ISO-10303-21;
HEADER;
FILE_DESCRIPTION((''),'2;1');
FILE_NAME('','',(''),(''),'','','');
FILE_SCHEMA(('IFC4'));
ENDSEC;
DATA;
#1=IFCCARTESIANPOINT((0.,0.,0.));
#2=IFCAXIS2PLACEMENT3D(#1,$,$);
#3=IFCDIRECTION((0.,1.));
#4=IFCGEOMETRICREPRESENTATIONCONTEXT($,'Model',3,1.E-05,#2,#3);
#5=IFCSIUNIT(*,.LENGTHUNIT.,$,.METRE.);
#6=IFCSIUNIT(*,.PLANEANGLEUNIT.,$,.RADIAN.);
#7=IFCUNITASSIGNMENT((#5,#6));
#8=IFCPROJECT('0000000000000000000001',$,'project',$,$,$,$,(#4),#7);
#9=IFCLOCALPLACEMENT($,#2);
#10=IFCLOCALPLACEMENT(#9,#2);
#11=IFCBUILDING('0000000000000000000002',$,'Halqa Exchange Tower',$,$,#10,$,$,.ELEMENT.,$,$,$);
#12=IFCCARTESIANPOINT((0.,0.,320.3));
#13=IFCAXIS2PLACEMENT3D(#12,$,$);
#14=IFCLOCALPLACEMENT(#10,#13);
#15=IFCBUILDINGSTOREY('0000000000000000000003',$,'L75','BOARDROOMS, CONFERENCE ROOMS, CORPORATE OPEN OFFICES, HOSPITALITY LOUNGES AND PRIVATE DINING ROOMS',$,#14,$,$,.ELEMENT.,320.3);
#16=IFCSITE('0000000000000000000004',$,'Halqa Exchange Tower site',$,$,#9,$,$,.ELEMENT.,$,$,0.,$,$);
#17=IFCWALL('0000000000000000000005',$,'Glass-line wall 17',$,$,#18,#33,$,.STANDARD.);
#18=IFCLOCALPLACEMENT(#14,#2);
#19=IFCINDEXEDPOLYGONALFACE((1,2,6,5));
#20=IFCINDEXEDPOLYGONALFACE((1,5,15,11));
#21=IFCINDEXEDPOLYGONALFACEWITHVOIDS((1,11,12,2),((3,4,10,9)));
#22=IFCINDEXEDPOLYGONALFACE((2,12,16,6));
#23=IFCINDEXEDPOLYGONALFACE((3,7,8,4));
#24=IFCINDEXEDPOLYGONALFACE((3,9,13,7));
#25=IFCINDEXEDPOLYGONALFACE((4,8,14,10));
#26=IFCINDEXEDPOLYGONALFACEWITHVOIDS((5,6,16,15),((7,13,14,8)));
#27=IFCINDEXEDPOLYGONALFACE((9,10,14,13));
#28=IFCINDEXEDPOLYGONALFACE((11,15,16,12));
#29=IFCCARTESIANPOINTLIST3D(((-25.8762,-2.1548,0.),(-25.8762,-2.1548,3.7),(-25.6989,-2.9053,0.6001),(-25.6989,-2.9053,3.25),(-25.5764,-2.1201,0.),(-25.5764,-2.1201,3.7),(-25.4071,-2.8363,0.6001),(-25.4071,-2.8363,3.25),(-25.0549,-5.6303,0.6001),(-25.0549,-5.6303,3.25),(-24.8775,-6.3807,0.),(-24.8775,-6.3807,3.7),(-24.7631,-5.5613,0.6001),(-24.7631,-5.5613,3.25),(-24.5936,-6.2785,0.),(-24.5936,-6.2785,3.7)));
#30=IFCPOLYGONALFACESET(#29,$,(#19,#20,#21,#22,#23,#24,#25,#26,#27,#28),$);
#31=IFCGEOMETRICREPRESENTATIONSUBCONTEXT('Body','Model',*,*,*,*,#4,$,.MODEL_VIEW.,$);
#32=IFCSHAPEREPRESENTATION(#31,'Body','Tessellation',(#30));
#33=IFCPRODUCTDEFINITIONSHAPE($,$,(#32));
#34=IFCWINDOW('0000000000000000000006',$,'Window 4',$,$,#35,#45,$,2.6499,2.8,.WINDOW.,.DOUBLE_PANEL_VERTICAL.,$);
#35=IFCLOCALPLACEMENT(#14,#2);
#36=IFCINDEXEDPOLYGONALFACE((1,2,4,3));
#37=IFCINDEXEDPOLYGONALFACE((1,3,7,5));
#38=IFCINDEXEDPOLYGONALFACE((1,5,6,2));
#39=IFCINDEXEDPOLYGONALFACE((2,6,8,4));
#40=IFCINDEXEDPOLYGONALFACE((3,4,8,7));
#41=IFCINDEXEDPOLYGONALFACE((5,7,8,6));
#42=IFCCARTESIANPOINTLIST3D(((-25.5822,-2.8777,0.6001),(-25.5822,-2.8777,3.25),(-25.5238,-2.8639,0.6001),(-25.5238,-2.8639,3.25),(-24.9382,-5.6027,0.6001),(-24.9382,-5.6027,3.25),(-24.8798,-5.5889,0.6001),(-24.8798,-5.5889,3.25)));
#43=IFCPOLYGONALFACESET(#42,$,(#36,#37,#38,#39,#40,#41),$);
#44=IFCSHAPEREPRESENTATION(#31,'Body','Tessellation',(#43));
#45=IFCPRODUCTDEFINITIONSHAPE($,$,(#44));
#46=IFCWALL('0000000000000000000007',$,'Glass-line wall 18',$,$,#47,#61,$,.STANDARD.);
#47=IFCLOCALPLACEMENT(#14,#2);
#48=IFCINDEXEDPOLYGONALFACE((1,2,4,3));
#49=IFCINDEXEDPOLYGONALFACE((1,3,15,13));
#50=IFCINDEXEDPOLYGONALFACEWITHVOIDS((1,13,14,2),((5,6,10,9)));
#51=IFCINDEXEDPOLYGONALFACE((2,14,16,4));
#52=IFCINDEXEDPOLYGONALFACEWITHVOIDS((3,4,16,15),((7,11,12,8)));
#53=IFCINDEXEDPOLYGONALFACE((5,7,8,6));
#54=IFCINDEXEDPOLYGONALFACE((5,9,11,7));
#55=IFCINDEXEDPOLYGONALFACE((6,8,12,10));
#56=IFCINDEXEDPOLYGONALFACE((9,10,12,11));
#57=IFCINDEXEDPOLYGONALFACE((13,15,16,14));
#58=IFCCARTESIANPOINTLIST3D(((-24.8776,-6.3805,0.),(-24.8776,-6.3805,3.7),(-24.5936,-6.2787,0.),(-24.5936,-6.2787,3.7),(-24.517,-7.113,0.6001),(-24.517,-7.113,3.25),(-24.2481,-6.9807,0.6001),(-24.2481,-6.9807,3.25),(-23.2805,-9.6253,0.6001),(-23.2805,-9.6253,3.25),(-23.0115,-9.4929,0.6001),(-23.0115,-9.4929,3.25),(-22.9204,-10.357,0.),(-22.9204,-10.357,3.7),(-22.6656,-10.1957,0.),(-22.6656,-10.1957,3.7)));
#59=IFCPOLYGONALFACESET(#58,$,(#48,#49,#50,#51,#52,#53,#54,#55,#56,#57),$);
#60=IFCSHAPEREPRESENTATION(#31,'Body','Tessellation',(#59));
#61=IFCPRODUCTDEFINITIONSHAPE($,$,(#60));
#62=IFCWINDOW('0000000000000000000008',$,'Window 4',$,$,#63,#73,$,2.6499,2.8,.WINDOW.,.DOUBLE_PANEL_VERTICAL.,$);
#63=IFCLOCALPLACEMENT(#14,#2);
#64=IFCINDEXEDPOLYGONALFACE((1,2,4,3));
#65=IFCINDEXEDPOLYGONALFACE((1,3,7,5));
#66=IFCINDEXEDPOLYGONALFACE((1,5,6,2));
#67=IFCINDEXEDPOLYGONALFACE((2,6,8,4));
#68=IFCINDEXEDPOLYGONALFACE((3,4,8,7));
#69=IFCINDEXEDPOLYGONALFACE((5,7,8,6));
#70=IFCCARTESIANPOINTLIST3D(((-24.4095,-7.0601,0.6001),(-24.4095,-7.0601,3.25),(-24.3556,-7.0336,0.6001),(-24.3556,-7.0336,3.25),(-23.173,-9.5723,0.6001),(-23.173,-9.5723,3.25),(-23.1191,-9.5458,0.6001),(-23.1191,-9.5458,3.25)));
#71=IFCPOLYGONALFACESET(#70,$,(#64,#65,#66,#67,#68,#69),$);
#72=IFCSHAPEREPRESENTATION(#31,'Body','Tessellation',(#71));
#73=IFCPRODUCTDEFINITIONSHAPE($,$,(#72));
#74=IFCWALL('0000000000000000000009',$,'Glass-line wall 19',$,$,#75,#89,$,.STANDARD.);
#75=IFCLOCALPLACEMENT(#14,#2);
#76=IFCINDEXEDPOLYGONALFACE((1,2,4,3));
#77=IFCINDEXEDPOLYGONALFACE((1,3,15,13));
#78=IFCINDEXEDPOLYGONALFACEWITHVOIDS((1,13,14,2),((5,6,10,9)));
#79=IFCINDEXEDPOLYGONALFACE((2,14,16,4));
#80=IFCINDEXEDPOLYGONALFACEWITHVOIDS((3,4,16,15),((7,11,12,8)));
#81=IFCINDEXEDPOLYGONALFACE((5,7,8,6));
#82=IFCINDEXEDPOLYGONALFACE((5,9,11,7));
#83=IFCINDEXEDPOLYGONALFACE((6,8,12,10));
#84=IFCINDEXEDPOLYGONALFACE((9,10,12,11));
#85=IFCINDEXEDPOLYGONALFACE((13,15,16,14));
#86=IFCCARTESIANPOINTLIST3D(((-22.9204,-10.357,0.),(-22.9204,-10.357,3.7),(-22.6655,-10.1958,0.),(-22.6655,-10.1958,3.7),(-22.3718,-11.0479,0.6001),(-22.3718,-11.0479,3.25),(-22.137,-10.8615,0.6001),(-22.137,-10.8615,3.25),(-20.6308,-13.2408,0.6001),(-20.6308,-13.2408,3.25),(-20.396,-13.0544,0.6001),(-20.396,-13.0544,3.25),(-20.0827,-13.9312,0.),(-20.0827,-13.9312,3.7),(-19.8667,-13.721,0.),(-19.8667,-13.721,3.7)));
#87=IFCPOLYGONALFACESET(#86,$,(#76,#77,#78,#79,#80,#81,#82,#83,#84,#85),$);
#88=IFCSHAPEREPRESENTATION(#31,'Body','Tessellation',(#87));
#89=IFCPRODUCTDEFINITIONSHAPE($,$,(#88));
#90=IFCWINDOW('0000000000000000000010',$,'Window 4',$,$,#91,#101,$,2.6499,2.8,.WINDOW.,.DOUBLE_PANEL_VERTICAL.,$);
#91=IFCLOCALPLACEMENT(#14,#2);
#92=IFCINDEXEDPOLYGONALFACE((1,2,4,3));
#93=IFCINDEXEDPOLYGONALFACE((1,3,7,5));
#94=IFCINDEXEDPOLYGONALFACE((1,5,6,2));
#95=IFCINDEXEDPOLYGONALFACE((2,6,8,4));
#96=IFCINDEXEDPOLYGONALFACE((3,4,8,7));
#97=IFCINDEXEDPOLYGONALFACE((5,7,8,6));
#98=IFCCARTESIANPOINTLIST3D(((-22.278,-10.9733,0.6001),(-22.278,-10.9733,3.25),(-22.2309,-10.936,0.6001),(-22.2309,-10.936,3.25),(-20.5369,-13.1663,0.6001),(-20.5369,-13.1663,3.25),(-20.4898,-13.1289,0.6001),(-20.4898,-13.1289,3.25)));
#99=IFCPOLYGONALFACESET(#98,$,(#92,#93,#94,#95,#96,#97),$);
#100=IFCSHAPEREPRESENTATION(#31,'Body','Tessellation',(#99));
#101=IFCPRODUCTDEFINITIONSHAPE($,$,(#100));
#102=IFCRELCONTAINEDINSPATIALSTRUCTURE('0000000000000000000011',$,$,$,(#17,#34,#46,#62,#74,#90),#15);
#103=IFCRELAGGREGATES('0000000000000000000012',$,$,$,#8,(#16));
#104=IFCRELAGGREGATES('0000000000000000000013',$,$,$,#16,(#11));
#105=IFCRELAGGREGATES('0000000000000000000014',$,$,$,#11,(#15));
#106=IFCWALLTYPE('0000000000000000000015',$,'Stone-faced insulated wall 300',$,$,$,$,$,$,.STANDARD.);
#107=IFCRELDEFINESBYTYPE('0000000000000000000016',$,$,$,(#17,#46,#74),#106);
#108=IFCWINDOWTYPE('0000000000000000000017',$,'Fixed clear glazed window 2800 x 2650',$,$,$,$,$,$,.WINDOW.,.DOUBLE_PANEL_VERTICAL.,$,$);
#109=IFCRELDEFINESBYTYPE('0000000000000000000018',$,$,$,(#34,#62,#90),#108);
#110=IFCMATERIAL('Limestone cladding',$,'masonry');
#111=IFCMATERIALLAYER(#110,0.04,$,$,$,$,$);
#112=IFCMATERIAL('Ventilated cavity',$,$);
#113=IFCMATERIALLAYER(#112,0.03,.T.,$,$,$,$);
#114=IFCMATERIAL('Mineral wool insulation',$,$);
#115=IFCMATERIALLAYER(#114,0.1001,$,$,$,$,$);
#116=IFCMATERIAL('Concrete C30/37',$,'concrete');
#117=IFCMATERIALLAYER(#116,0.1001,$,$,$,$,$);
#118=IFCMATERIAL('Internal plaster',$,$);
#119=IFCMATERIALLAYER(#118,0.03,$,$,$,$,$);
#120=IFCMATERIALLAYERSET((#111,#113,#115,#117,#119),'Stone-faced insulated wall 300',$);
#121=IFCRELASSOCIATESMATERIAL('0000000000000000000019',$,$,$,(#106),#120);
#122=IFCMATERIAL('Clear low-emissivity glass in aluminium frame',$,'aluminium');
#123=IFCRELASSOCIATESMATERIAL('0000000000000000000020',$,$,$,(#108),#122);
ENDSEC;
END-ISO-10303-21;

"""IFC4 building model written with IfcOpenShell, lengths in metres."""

from ifc_helpers import new_model, si_unit, direction, frame, frame_2d, origin, place, context, subcontext, project, spatial, polyline, rectangle, outline, extrude, material, layer, layer_set, type_object, element, fill, save


model = new_model("IFC4")

# Units and contexts
model_context = context("Model", 3, precision=1e-05, world=origin(), true_north=direction((0.0, 1.0)))
body_context = subcontext(model_context, "Body", "Model", "MODEL_VIEW")
ifc_project = project(units=[si_unit("LENGTHUNIT", "METRE"), si_unit("PLANEANGLEUNIT", "RADIAN")], contexts=[model_context])

# Site, building, storey
site_placement = place(None, origin())
site = spatial("IfcSite", under=ifc_project, at=site_placement, Name="Halqa Exchange Tower site", CompositionType="ELEMENT", RefElevation=0.0)
building_placement = place(site_placement, origin())
building = spatial("IfcBuilding", under=site, at=building_placement, Name="Halqa Exchange Tower", CompositionType="ELEMENT")
storey_placement = place(building_placement, frame((0.0, 0.0, 320.3)))
storey = spatial("IfcBuildingStorey", under=building, at=storey_placement, Name="L75", Description="BOARDROOMS, CONFERENCE ROOMS, CORPORATE OPEN OFFICES, HOSPITALITY LOUNGES AND PRIVATE DINING ROOMS", CompositionType="ELEMENT", Elevation=320.3)

# Walls, openings, windows
ifc_material_1 = material(Name="Limestone cladding", Category="masonry")
ifc_layer_1 = layer(ifc_material_1, 0.04)
ifc_material_2 = material(Name="Ventilated cavity")
ifc_layer_2 = layer(ifc_material_2, 0.03, ventilated=True)
ifc_material_3 = material(Name="Mineral wool insulation")
ifc_layer_3 = layer(ifc_material_3, 0.1001)
ifc_material_4 = material(Name="Concrete C30/37", Category="concrete")
ifc_layer_4 = layer(ifc_material_4, 0.1001)
ifc_material_5 = material(Name="Internal plaster")
ifc_layer_5 = layer(ifc_material_5, 0.03)
ifc_layer_set_1 = layer_set([ifc_layer_1, ifc_layer_2, ifc_layer_3, ifc_layer_4, ifc_layer_5], Name="Stone-faced insulated wall 300")
wall_type_1 = type_object("IfcWallType", Name="Stone-faced insulated wall 300", PredefinedType="STANDARD", material=ifc_layer_set_1)
wall_1_placement = place(storey_placement, frame((-25.7263, -2.1375, 0.0), z_axis=(0.0, 0.0, 1.0), x_axis=(0.229993, -0.973192, 0.0)))
wall_1 = element("IfcWall", 1, at=wall_1_placement, inside=storey, type_object=wall_type_1, Name="Glass-line wall 17", PredefinedType="STANDARD", context=body_context, shape_type="SweptSolid", body=[
    extrude(outline(polyline([(-0.0176, -0.1499), (4.3247, -0.1499), (4.2905, 0.1499), (0.0176, 0.1499), (-0.0176, -0.1499)])), origin(), (0.0, 0.0, 1.0), 3.7),
])
opening_1_placement = place(wall_1_placement, frame((0.7537, 0.0, 0.6001)))
opening_1 = element("IfcOpeningElement", 2, at=opening_1_placement, cuts=wall_1, PredefinedType="OPENING", context=body_context, shape_type="SweptSolid", body=[
    extrude(rectangle(XDim=2.8, YDim=2.6499, at=frame_2d((1.3999, 1.325))), frame((0.0, 0.1621, 0.0), z_axis=(0.0, -1.0, 0.0), x_axis=(1.0, 0.0, 0.0)), (0.0, 0.0, 1.0), 0.324),
])
ifc_material_6 = material(Name="Clear low-emissivity glass in aluminium frame", Category="aluminium")
window_type = type_object("IfcWindowType", Name="Fixed clear glazed window 2800 x 2650", PartitioningType="DOUBLE_PANEL_VERTICAL", PredefinedType="WINDOW", material=ifc_material_6)
window_1_placement = place(opening_1_placement, origin())
window_1 = element("IfcWindow", 3, at=window_1_placement, inside=storey, type_object=window_type, Name="Window 4", OverallHeight=2.6499, OverallWidth=2.8, PartitioningType="DOUBLE_PANEL_VERTICAL", PredefinedType="WINDOW", context=body_context, shape_type="SweptSolid", body=[
    extrude(rectangle(XDim=2.8, YDim=2.6499, at=frame_2d((1.3999, 1.325))), frame((0.0, 0.03, 0.0), z_axis=(0.0, -1.0, 0.0), x_axis=(1.0, 0.0, 0.0)), (0.0, 0.0, 1.0), 0.0601),
])
fill(opening_1, window_1)
wall_2_placement = place(storey_placement, frame((-24.7356, -6.3296, 0.0), z_axis=(0.0, 0.0, 1.0), x_axis=(0.44161, -0.897207, 0.0)))
wall_2 = element("IfcWall", 4, at=wall_2_placement, inside=storey, type_object=wall_type_1, Name="Glass-line wall 18", PredefinedType="STANDARD", context=body_context, shape_type="SweptSolid", body=[
    extrude(outline(polyline([(-0.0171, -0.1499), (4.415, -0.1499), (4.3828, 0.1499), (0.0171, 0.1499), (-0.0171, -0.1499)])), origin(), (0.0, 0.0, 1.0), 3.7),
])
opening_2_placement = place(wall_2_placement, frame((0.7996, 0.0, 0.6001)))
opening_2 = element("IfcOpeningElement", 5, at=opening_2_placement, cuts=wall_2, PredefinedType="OPENING", context=body_context, shape_type="SweptSolid", body=[
    extrude(rectangle(XDim=2.8, YDim=2.6499, at=frame_2d((1.3999, 1.325))), frame((0.0, 0.1621, 0.0), z_axis=(0.0, -1.0, 0.0), x_axis=(1.0, 0.0, 0.0)), (0.0, 0.0, 1.0), 0.324),
])
window_2_placement = place(opening_2_placement, origin())
window_2 = element("IfcWindow", 6, at=window_2_placement, inside=storey, type_object=window_type, Name="Window 4", OverallHeight=2.6499, OverallWidth=2.8, PartitioningType="DOUBLE_PANEL_VERTICAL", PredefinedType="WINDOW", context=body_context, shape_type="SweptSolid", body=[
    extrude(rectangle(XDim=2.8, YDim=2.6499, at=frame_2d((1.3999, 1.325))), frame((0.0, 0.03, 0.0), z_axis=(0.0, -1.0, 0.0), x_axis=(1.0, 0.0, 0.0)), (0.0, 0.0, 1.0), 0.0601),
])
fill(opening_2, window_2)
wall_3_placement = place(storey_placement, frame((-22.793, -10.2764, 0.0), z_axis=(0.0, 0.0, 1.0), x_axis=(0.621801, -0.783176, 0.0)))
wall_3 = element("IfcWall", 7, at=wall_3_placement, inside=storey, type_object=wall_type_1, Name="Glass-line wall 19", PredefinedType="STANDARD", context=body_context, shape_type="SweptSolid", body=[
    extrude(outline(polyline([(-0.0161, -0.1499), (4.5476, -0.1499), (4.5173, 0.1499), (0.0161, 0.1499), (-0.0161, -0.1499)])), origin(), (0.0, 0.0, 1.0), 3.7),
])
opening_3_placement = place(wall_3_placement, frame((0.8662, 0.0, 0.6001)))
opening_3 = element("IfcOpeningElement", 8, at=opening_3_placement, cuts=wall_3, PredefinedType="OPENING", context=body_context, shape_type="SweptSolid", body=[
    extrude(rectangle(XDim=2.8, YDim=2.6499, at=frame_2d((1.3999, 1.325))), frame((0.0, 0.1621, 0.0), z_axis=(0.0, -1.0, 0.0), x_axis=(1.0, 0.0, 0.0)), (0.0, 0.0, 1.0), 0.324),
])
window_3_placement = place(opening_3_placement, origin())
window_3 = element("IfcWindow", 9, at=window_3_placement, inside=storey, type_object=window_type, Name="Window 4", OverallHeight=2.6499, OverallWidth=2.8, PartitioningType="DOUBLE_PANEL_VERTICAL", PredefinedType="WINDOW", context=body_context, shape_type="SweptSolid", body=[
    extrude(rectangle(XDim=2.8, YDim=2.6499, at=frame_2d((1.3999, 1.325))), frame((0.0, 0.03, 0.0), z_axis=(0.0, -1.0, 0.0), x_axis=(1.0, 0.0, 0.0)), (0.0, 0.0, 1.0), 0.0601),
])
fill(opening_3, window_3)

save(model, "model.ifc")
